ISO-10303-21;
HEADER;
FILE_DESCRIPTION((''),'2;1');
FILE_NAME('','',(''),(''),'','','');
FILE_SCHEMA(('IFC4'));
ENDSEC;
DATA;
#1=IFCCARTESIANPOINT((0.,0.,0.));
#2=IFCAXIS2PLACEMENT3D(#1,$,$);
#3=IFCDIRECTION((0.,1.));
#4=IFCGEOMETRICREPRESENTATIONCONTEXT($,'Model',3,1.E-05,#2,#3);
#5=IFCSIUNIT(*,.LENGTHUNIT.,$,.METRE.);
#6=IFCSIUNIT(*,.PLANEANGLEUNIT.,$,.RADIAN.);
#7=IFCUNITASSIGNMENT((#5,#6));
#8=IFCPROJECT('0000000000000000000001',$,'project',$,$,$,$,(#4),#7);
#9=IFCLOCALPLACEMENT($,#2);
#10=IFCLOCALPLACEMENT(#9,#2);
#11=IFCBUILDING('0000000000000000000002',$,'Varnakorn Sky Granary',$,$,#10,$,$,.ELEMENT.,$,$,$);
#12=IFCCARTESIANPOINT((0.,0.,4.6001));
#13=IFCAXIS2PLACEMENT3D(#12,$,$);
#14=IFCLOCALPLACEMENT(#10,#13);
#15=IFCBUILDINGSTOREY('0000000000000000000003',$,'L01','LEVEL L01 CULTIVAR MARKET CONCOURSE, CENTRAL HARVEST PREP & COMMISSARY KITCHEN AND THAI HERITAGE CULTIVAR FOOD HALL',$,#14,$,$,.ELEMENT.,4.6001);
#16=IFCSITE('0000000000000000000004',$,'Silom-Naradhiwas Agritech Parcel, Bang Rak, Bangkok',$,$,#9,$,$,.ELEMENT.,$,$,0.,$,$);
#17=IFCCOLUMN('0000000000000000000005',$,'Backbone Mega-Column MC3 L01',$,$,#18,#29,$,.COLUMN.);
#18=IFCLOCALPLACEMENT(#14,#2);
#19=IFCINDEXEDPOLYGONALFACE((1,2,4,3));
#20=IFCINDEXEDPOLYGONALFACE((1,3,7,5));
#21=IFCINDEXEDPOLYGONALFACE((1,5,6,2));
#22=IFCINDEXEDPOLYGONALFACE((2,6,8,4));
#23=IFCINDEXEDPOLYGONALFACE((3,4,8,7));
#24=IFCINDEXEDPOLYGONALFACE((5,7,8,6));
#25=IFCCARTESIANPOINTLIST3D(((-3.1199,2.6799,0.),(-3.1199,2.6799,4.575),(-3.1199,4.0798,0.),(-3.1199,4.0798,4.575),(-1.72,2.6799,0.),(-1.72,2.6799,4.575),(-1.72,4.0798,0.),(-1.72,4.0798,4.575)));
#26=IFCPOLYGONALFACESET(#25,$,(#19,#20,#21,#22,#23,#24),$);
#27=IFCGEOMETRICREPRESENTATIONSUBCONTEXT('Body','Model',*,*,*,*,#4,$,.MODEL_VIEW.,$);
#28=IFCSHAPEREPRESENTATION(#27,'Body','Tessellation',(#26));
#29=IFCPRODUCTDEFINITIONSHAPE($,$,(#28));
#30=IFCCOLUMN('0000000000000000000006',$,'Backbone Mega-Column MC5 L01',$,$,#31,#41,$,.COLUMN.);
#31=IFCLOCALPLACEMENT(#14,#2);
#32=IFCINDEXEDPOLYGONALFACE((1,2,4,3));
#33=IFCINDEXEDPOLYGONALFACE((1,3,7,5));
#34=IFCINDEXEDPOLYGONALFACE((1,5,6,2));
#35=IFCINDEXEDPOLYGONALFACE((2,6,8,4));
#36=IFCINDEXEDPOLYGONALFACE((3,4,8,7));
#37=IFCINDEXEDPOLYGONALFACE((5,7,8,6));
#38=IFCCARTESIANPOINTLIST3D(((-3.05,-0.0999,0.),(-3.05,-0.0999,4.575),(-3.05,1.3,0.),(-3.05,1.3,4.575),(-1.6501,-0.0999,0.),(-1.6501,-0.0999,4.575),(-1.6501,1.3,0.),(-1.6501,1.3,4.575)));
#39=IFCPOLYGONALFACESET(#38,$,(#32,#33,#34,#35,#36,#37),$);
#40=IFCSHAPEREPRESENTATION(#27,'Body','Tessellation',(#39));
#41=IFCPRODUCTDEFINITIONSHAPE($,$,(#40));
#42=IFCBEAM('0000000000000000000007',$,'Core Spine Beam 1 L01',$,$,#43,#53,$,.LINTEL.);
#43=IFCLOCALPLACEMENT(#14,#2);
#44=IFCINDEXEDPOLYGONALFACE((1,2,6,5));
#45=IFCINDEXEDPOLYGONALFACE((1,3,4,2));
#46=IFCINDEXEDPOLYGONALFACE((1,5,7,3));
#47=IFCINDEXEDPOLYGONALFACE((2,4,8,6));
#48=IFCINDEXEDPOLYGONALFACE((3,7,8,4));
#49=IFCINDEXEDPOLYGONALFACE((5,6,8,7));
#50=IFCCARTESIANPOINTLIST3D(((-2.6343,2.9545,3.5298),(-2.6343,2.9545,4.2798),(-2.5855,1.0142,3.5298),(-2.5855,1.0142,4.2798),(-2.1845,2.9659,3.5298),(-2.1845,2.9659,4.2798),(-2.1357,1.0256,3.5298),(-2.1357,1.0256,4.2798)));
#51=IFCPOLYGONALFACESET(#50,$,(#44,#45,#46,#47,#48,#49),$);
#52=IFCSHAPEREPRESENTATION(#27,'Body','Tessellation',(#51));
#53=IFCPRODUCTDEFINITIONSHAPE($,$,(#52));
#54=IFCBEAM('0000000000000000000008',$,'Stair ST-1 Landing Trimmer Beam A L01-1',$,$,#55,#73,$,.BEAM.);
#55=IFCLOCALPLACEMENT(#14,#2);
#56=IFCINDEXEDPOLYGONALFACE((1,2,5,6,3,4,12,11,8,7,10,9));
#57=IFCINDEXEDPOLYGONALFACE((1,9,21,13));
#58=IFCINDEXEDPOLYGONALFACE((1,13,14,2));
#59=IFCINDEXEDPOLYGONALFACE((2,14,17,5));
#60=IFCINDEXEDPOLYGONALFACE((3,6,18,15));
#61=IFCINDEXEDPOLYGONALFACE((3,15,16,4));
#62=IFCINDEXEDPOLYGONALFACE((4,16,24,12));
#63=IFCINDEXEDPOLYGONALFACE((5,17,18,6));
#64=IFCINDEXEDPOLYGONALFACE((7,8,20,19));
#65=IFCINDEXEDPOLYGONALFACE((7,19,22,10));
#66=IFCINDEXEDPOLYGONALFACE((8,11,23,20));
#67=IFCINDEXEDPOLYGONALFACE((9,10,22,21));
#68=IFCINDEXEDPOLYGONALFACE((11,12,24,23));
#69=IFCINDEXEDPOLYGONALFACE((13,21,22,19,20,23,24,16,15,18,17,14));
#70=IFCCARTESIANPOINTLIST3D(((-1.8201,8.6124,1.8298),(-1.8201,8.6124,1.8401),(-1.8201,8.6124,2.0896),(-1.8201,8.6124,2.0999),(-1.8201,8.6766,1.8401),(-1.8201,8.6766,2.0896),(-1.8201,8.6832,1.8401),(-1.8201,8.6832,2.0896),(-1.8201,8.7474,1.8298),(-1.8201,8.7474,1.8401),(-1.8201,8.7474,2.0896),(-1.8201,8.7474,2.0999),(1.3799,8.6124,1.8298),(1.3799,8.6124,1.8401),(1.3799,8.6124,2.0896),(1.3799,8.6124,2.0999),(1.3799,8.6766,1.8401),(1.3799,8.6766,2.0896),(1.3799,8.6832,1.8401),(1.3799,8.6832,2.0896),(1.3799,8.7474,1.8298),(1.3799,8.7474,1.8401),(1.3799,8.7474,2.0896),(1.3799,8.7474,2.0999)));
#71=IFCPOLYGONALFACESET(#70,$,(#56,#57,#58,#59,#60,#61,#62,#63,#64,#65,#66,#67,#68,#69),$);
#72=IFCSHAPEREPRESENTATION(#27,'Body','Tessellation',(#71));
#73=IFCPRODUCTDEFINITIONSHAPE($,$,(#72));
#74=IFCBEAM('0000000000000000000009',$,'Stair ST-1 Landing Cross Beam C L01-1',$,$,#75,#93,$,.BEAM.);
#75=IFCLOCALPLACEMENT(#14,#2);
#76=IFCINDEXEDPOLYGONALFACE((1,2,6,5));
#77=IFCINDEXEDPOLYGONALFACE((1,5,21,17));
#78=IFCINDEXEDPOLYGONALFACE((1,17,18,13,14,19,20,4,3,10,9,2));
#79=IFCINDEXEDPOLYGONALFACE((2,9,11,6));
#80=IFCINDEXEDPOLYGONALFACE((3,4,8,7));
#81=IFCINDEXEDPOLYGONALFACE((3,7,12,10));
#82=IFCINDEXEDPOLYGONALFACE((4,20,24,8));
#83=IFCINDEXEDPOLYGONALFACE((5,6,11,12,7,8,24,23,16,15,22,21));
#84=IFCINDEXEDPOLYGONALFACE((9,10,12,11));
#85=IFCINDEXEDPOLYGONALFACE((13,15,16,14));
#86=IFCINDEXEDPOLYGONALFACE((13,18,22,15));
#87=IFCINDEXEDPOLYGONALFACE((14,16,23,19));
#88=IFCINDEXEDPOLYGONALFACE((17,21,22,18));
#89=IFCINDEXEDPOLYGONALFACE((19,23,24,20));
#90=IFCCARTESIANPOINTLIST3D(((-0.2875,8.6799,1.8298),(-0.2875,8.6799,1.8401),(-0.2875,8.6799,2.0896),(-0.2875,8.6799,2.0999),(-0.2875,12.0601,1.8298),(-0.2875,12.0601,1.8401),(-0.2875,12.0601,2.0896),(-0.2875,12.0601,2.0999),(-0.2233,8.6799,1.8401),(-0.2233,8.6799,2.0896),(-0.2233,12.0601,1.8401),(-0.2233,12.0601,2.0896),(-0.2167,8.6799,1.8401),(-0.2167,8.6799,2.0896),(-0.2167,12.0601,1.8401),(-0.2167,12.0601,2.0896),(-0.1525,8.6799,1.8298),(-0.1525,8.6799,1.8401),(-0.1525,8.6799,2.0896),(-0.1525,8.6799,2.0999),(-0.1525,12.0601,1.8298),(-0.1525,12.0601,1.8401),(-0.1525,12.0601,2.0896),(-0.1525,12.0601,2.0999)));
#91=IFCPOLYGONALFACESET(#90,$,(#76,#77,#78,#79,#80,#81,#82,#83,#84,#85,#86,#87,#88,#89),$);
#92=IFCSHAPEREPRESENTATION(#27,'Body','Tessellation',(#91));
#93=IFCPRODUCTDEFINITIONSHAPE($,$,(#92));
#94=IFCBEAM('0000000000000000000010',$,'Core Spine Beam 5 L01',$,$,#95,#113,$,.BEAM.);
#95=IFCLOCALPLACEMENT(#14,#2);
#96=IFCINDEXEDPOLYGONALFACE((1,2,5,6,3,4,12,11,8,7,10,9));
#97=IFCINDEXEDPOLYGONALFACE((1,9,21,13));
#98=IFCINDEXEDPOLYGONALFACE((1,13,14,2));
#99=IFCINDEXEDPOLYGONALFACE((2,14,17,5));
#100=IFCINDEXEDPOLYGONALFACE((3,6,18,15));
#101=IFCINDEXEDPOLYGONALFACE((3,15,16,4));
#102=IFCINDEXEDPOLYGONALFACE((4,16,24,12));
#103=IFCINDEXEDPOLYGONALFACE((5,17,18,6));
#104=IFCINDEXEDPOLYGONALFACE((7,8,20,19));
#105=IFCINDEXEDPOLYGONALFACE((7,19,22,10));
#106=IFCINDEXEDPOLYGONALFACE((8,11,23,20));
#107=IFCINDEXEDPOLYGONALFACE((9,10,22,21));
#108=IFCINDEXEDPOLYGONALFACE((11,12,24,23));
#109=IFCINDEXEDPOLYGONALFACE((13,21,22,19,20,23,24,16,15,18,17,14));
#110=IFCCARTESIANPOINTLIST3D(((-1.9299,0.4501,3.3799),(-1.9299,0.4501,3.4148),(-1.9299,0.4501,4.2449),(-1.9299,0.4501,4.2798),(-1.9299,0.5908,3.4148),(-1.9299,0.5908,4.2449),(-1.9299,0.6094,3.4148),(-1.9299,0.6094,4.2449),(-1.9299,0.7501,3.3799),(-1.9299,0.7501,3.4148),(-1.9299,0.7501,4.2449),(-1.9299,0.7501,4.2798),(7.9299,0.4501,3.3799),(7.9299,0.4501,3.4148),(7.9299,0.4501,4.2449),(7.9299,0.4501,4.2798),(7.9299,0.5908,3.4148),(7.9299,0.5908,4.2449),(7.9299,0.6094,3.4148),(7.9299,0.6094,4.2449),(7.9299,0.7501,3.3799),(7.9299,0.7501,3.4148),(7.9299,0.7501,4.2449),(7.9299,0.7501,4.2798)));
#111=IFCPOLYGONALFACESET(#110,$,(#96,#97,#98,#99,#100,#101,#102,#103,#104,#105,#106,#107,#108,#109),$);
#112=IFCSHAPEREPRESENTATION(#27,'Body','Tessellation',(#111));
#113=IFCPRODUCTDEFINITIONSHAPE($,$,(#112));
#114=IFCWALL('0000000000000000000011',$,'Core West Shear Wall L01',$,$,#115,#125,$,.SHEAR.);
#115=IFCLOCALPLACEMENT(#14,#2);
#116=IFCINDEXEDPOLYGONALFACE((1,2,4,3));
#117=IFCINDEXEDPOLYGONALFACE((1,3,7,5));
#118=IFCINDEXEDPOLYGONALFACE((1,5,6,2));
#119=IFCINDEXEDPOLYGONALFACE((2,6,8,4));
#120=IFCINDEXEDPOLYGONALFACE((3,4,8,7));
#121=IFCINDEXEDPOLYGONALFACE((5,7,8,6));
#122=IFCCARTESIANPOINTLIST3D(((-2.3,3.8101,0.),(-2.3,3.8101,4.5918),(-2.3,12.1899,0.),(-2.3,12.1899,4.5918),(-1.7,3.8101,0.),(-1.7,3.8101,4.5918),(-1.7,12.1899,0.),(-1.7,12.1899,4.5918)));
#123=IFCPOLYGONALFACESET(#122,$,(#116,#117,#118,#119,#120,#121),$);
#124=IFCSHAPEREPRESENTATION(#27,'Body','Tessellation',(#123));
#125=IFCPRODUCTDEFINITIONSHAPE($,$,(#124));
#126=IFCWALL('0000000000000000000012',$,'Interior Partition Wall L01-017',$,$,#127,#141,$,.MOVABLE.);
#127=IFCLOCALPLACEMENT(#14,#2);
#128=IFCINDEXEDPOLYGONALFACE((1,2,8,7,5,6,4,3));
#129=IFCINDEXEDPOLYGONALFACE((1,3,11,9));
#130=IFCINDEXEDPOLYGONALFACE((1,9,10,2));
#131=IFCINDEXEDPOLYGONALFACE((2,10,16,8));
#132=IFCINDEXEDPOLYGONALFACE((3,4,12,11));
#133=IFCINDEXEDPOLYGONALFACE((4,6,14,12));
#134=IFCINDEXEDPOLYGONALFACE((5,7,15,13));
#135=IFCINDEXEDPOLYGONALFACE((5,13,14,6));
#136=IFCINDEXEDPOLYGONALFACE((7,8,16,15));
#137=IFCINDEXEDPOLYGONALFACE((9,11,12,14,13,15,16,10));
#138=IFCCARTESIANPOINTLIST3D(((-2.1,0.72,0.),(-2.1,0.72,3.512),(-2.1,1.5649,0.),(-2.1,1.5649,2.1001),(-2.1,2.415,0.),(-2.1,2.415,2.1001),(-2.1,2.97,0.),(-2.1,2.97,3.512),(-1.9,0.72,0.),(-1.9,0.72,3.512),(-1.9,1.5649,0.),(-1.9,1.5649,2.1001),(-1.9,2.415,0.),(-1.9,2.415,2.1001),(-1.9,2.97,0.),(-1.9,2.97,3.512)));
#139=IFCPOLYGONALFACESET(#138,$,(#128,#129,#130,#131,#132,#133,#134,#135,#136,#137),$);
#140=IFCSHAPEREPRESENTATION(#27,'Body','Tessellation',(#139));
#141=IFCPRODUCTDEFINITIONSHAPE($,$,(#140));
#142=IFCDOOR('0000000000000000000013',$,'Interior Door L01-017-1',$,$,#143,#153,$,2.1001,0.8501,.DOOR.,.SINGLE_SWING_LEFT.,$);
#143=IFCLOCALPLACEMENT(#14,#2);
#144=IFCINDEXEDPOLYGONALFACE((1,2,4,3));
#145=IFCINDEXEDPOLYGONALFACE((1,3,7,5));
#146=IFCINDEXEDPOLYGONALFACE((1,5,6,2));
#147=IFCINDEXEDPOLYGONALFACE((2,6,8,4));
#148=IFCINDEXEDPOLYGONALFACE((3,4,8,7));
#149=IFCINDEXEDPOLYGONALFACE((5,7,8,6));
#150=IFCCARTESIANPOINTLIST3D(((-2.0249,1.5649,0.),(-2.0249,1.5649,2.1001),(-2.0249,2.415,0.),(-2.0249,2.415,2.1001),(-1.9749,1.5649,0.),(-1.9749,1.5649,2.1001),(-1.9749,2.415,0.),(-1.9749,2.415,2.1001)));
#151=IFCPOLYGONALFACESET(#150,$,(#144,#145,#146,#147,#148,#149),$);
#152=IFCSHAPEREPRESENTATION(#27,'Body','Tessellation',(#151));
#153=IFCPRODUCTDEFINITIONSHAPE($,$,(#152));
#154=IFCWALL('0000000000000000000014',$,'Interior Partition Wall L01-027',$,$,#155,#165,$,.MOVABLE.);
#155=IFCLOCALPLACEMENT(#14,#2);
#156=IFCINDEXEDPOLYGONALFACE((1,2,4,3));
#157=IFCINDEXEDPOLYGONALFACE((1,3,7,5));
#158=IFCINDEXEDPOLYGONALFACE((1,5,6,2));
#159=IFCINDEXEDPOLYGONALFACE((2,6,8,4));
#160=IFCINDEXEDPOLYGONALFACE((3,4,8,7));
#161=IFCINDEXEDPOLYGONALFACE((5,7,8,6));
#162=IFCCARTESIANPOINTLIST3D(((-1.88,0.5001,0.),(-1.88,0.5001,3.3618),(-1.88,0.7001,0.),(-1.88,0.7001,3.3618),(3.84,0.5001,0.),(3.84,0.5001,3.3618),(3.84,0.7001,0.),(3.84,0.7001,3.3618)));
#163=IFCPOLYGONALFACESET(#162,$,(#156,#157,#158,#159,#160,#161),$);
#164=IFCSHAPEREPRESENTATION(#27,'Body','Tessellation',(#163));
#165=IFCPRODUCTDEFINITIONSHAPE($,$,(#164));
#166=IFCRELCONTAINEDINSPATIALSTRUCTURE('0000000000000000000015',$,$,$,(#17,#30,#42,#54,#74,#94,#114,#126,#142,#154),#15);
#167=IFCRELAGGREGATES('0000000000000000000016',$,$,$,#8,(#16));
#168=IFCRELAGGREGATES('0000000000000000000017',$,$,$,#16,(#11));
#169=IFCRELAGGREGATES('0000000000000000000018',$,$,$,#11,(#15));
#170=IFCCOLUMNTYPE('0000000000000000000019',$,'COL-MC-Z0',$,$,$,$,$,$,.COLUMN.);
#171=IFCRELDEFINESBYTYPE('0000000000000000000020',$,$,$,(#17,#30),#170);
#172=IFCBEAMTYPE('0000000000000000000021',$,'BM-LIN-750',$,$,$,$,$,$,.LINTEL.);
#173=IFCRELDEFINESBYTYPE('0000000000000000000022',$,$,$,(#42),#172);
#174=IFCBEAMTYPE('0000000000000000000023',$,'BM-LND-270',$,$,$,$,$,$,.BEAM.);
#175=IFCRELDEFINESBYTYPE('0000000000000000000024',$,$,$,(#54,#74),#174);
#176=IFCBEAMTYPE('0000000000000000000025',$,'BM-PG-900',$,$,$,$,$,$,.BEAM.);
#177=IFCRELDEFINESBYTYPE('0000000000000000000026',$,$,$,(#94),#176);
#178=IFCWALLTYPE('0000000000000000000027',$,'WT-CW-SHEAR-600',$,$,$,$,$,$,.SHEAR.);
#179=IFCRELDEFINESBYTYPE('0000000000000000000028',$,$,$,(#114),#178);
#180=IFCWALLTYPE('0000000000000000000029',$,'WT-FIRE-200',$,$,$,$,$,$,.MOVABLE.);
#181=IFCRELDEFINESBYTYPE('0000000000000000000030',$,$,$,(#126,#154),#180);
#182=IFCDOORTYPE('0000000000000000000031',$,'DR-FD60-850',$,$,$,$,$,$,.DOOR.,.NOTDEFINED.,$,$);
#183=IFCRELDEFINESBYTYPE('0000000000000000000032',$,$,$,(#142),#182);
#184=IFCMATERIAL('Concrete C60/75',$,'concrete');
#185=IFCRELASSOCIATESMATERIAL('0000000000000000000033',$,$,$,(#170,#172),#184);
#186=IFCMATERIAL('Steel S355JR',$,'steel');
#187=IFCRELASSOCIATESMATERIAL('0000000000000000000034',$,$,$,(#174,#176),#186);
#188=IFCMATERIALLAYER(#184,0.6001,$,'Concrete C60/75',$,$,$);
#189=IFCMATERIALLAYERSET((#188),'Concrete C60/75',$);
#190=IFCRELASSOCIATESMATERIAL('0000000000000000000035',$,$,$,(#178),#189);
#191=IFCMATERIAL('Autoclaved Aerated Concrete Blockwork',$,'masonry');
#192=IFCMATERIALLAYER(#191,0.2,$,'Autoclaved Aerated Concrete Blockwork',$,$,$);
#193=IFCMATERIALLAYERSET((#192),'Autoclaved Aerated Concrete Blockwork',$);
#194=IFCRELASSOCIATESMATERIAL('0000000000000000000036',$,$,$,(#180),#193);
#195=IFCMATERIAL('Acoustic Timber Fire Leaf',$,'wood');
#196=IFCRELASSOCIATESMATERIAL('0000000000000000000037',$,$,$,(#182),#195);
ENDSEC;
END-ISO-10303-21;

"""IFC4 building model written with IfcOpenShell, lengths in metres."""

from ifc_helpers import new_model, si_unit, direction, frame, frame_2d, origin, origin_2d, place, context, subcontext, project, spatial, rectangle, i_section, extrude, material, layer, layer_set, material_profile, profile_set, type_object, element, fill, save


model = new_model("IFC4")

# Units and contexts
model_context = context("Model", 3, precision=1e-05, world=origin(), true_north=direction((0.0, 1.0)))
body_context = subcontext(model_context, "Body", "Model", "MODEL_VIEW")
ifc_project = project(units=[si_unit("LENGTHUNIT", "METRE"), si_unit("PLANEANGLEUNIT", "RADIAN")], contexts=[model_context])

# Site, building, storey
site_placement = place(None, origin())
site = spatial("IfcSite", under=ifc_project, at=site_placement, Name="Silom-Naradhiwas Agritech Parcel, Bang Rak, Bangkok", CompositionType="ELEMENT", RefElevation=0.0)
building_placement = place(site_placement, origin())
building = spatial("IfcBuilding", under=site, at=building_placement, Name="Varnakorn Sky Granary", CompositionType="ELEMENT")
storey_placement = place(building_placement, frame((0.0, 0.0, 4.6001)))
storey = spatial("IfcBuildingStorey", under=building, at=storey_placement, Name="L01", Description="LEVEL L01 CULTIVAR MARKET CONCOURSE, CENTRAL HARVEST PREP & COMMISSARY KITCHEN AND THAI HERITAGE CULTIVAR FOOD HALL", CompositionType="ELEMENT", Elevation=4.6001)

# Columns
ifc_material_1 = material(Name="Concrete C60/75", Category="concrete")
ifc_material_profile_1 = material_profile(ifc_material_1, rectangle(XDim=1.3999, YDim=1.3999, at=origin_2d()), Name="RC 1400x1400")
ifc_profile_set_1 = profile_set([ifc_material_profile_1], Name="Concrete C60/75")
column_type = type_object("IfcColumnType", Name="COL-MC-Z0", PredefinedType="COLUMN", material=ifc_profile_set_1)
for number, where, z_axis, x_axis, name in (
    (1, (-2.4199, 3.3799, 0.0), (0.0, 0.0, 1.0), (1.0, 0.0, 0.0), "Backbone Mega-Column MC3 L01"),
    (2, (-2.3501, 0.6001, 0.0), (0.0, 0.0, 1.0), (1.0, 0.0, 0.0), "Backbone Mega-Column MC5 L01"),
):
    element("IfcColumn", number, at=place(storey_placement, frame(where, z_axis=z_axis, x_axis=x_axis)), inside=storey, type_object=column_type, Name=name, PredefinedType="COLUMN", context=body_context, shape_type="SweptSolid", body=[
        extrude(rectangle(XDim=1.3999, YDim=1.3999, at=origin_2d()), origin(), (0.0, 0.0, 1.0), 4.575),
    ])

# Beams
ifc_material_profile_2 = material_profile(ifc_material_1, rectangle(XDim=0.45, YDim=0.75, at=origin_2d()), Name="RC 450x750")
ifc_profile_set_2 = profile_set([ifc_material_profile_2], Name="Concrete C60/75")
beam_type_1 = type_object("IfcBeamType", Name="BM-LIN-750", PredefinedType="LINTEL", material=ifc_profile_set_2)
beam_1_placement = place(storey_placement, frame((-2.4094, 2.9602, 3.9048), z_axis=(0.025159, -0.999683, 0.0), x_axis=(0.999683, 0.025159, 0.0)))
element("IfcBeam", 3, at=beam_1_placement, inside=storey, type_object=beam_type_1, Name="Core Spine Beam 1 L01", PredefinedType="LINTEL", context=body_context, shape_type="SweptSolid", body=[
    extrude(rectangle(XDim=0.45, YDim=0.75, at=origin_2d()), origin(), (0.0, 0.0, 1.0), 1.9409),
])
ifc_material_2 = material(Name="Steel S355JR", Category="steel")
ifc_material_profile_3 = material_profile(ifc_material_2, i_section(OverallWidth=0.135, OverallDepth=0.27, WebThickness=0.0066, FlangeThickness=0.0103, at=origin_2d()), Name="IPE 270")
ifc_profile_set_3 = profile_set([ifc_material_profile_3], Name="Steel S355JR")
beam_type_2 = type_object("IfcBeamType", Name="BM-LND-270", PredefinedType="BEAM", material=ifc_profile_set_3)
beam_2_placement = place(storey_placement, frame((-1.8201, 8.6799, 1.9648), z_axis=(1.0, 0.0, 0.0), x_axis=(0.0, 1.0, 0.0)))
element("IfcBeam", 4, at=beam_2_placement, inside=storey, type_object=beam_type_2, Name="Stair ST-1 Landing Trimmer Beam A L01-1", PredefinedType="BEAM", context=body_context, shape_type="SweptSolid", body=[
    extrude(i_section(OverallWidth=0.135, OverallDepth=0.27, WebThickness=0.0066, FlangeThickness=0.0103, at=origin_2d()), origin(), (0.0, 0.0, 1.0), 3.2),
])
beam_3_placement = place(storey_placement, frame((-0.22, 8.6799, 1.9648), z_axis=(0.0, 1.0, 0.0), x_axis=(-1.0, 0.0, 0.0)))
element("IfcBeam", 5, at=beam_3_placement, inside=storey, type_object=beam_type_2, Name="Stair ST-1 Landing Cross Beam C L01-1", PredefinedType="BEAM", context=body_context, shape_type="SweptSolid", body=[
    extrude(i_section(OverallWidth=0.135, OverallDepth=0.27, WebThickness=0.0066, FlangeThickness=0.0103, at=origin_2d()), origin(), (0.0, 0.0, 1.0), 3.3801),
])
ifc_material_profile_4 = material_profile(ifc_material_2, i_section(OverallWidth=0.3, OverallDepth=0.8999, WebThickness=0.0186, FlangeThickness=0.0349, at=origin_2d()), Name="HE 900 B")
ifc_profile_set_4 = profile_set([ifc_material_profile_4], Name="Steel S355JR")
beam_type_3 = type_object("IfcBeamType", Name="BM-PG-900", PredefinedType="BEAM", material=ifc_profile_set_4)
beam_4_placement = place(storey_placement, frame((-1.9299, 0.6001, 3.8298), z_axis=(1.0, 0.0, 0.0), x_axis=(0.0, 1.0, 0.0)))
element("IfcBeam", 6, at=beam_4_placement, inside=storey, type_object=beam_type_3, Name="Core Spine Beam 5 L01", PredefinedType="BEAM", context=body_context, shape_type="SweptSolid", body=[
    extrude(i_section(OverallWidth=0.3, OverallDepth=0.8999, WebThickness=0.0186, FlangeThickness=0.0349, at=origin_2d()), origin(), (0.0, 0.0, 1.0), 9.8599),
])

# Shared definitions
ifc_layer_1 = layer(ifc_material_1, 0.6001, Name="Concrete C60/75")
ifc_layer_set_1 = layer_set([ifc_layer_1], Name="Concrete C60/75")
wall_type_1 = type_object("IfcWallType", Name="WT-CW-SHEAR-600", PredefinedType="SHEAR", material=ifc_layer_set_1)

# Wall
wall_1_placement = place(storey_placement, frame((-2.0, 3.8101, 0.0), z_axis=(0.0, 0.0, 1.0), x_axis=(0.0, 1.0, 0.0)))
element("IfcWall", 7, at=wall_1_placement, inside=storey, type_object=wall_type_1, Name="Core West Shear Wall L01", PredefinedType="SHEAR", context=body_context, shape_type="SweptSolid", body=[
    extrude(rectangle(XDim=8.3799, YDim=0.6001, at=frame_2d((4.1899, 0.0))), origin(), (0.0, 0.0, 1.0), 4.5918),
])

# Wall, opening, door
ifc_material_3 = material(Name="Autoclaved Aerated Concrete Blockwork", Category="masonry")
ifc_layer_2 = layer(ifc_material_3, 0.2, Name="Autoclaved Aerated Concrete Blockwork")
ifc_layer_set_2 = layer_set([ifc_layer_2], Name="Autoclaved Aerated Concrete Blockwork")
wall_type_2 = type_object("IfcWallType", Name="WT-FIRE-200", PredefinedType="MOVABLE", material=ifc_layer_set_2)
wall_2_placement = place(storey_placement, frame((-2.0, 0.72, 0.0), z_axis=(0.0, 0.0, 1.0), x_axis=(0.0, 1.0, 0.0)))
wall_2 = element("IfcWall", 8, at=wall_2_placement, inside=storey, type_object=wall_type_2, Name="Interior Partition Wall L01-017", PredefinedType="MOVABLE", context=body_context, shape_type="SweptSolid", body=[
    extrude(rectangle(XDim=2.25, YDim=0.2, at=frame_2d((1.125, 0.0))), origin(), (0.0, 0.0, 1.0), 3.512),
])
opening_1_placement = place(wall_2_placement, frame((0.845, 0.0, 0.0)))
opening_1 = element("IfcOpeningElement", 9, at=opening_1_placement, cuts=wall_2, PredefinedType="OPENING", context=body_context, shape_type="SweptSolid", body=[
    extrude(rectangle(XDim=0.8501, YDim=2.1001, at=frame_2d((0.425, 1.05))), frame((0.0, 0.1099, 0.0), z_axis=(0.0, -1.0, 0.0), x_axis=(1.0, 0.0, 0.0)), (0.0, 0.0, 1.0), 0.22),
])
ifc_material_4 = material(Name="Acoustic Timber Fire Leaf", Category="wood")
door_type_1 = type_object("IfcDoorType", Name="DR-FD60-850", OperationType="NOTDEFINED", PredefinedType="DOOR", material=ifc_material_4)
door_1_placement = place(opening_1_placement, origin())
door_1 = element("IfcDoor", 10, at=door_1_placement, inside=storey, type_object=door_type_1, Name="Interior Door L01-017-1", OperationType="SINGLE_SWING_LEFT", OverallHeight=2.1001, OverallWidth=0.8501, PredefinedType="DOOR", context=body_context, shape_type="SweptSolid", body=[
    extrude(rectangle(XDim=0.8501, YDim=2.1001, at=frame_2d((0.425, 1.05))), frame((0.0, 0.0249, 0.0), z_axis=(0.0, -1.0, 0.0), x_axis=(1.0, 0.0, 0.0)), (0.0, 0.0, 1.0), 0.05),
])
fill(opening_1, door_1)

# Wall
wall_3_placement = place(storey_placement, frame((-1.8799, 0.6001, 0.0), z_axis=(0.0, 0.0, 1.0), x_axis=(1.0, 0.0, 0.0)))
element("IfcWall", 11, at=wall_3_placement, inside=storey, type_object=wall_type_2, Name="Interior Partition Wall L01-027", PredefinedType="MOVABLE", context=body_context, shape_type="SweptSolid", body=[
    extrude(rectangle(XDim=5.72, YDim=0.2, at=frame_2d((2.8599, 0.0))), origin(), (0.0, 0.0, 1.0), 3.3618),
])

save(model, "model.ifc")
